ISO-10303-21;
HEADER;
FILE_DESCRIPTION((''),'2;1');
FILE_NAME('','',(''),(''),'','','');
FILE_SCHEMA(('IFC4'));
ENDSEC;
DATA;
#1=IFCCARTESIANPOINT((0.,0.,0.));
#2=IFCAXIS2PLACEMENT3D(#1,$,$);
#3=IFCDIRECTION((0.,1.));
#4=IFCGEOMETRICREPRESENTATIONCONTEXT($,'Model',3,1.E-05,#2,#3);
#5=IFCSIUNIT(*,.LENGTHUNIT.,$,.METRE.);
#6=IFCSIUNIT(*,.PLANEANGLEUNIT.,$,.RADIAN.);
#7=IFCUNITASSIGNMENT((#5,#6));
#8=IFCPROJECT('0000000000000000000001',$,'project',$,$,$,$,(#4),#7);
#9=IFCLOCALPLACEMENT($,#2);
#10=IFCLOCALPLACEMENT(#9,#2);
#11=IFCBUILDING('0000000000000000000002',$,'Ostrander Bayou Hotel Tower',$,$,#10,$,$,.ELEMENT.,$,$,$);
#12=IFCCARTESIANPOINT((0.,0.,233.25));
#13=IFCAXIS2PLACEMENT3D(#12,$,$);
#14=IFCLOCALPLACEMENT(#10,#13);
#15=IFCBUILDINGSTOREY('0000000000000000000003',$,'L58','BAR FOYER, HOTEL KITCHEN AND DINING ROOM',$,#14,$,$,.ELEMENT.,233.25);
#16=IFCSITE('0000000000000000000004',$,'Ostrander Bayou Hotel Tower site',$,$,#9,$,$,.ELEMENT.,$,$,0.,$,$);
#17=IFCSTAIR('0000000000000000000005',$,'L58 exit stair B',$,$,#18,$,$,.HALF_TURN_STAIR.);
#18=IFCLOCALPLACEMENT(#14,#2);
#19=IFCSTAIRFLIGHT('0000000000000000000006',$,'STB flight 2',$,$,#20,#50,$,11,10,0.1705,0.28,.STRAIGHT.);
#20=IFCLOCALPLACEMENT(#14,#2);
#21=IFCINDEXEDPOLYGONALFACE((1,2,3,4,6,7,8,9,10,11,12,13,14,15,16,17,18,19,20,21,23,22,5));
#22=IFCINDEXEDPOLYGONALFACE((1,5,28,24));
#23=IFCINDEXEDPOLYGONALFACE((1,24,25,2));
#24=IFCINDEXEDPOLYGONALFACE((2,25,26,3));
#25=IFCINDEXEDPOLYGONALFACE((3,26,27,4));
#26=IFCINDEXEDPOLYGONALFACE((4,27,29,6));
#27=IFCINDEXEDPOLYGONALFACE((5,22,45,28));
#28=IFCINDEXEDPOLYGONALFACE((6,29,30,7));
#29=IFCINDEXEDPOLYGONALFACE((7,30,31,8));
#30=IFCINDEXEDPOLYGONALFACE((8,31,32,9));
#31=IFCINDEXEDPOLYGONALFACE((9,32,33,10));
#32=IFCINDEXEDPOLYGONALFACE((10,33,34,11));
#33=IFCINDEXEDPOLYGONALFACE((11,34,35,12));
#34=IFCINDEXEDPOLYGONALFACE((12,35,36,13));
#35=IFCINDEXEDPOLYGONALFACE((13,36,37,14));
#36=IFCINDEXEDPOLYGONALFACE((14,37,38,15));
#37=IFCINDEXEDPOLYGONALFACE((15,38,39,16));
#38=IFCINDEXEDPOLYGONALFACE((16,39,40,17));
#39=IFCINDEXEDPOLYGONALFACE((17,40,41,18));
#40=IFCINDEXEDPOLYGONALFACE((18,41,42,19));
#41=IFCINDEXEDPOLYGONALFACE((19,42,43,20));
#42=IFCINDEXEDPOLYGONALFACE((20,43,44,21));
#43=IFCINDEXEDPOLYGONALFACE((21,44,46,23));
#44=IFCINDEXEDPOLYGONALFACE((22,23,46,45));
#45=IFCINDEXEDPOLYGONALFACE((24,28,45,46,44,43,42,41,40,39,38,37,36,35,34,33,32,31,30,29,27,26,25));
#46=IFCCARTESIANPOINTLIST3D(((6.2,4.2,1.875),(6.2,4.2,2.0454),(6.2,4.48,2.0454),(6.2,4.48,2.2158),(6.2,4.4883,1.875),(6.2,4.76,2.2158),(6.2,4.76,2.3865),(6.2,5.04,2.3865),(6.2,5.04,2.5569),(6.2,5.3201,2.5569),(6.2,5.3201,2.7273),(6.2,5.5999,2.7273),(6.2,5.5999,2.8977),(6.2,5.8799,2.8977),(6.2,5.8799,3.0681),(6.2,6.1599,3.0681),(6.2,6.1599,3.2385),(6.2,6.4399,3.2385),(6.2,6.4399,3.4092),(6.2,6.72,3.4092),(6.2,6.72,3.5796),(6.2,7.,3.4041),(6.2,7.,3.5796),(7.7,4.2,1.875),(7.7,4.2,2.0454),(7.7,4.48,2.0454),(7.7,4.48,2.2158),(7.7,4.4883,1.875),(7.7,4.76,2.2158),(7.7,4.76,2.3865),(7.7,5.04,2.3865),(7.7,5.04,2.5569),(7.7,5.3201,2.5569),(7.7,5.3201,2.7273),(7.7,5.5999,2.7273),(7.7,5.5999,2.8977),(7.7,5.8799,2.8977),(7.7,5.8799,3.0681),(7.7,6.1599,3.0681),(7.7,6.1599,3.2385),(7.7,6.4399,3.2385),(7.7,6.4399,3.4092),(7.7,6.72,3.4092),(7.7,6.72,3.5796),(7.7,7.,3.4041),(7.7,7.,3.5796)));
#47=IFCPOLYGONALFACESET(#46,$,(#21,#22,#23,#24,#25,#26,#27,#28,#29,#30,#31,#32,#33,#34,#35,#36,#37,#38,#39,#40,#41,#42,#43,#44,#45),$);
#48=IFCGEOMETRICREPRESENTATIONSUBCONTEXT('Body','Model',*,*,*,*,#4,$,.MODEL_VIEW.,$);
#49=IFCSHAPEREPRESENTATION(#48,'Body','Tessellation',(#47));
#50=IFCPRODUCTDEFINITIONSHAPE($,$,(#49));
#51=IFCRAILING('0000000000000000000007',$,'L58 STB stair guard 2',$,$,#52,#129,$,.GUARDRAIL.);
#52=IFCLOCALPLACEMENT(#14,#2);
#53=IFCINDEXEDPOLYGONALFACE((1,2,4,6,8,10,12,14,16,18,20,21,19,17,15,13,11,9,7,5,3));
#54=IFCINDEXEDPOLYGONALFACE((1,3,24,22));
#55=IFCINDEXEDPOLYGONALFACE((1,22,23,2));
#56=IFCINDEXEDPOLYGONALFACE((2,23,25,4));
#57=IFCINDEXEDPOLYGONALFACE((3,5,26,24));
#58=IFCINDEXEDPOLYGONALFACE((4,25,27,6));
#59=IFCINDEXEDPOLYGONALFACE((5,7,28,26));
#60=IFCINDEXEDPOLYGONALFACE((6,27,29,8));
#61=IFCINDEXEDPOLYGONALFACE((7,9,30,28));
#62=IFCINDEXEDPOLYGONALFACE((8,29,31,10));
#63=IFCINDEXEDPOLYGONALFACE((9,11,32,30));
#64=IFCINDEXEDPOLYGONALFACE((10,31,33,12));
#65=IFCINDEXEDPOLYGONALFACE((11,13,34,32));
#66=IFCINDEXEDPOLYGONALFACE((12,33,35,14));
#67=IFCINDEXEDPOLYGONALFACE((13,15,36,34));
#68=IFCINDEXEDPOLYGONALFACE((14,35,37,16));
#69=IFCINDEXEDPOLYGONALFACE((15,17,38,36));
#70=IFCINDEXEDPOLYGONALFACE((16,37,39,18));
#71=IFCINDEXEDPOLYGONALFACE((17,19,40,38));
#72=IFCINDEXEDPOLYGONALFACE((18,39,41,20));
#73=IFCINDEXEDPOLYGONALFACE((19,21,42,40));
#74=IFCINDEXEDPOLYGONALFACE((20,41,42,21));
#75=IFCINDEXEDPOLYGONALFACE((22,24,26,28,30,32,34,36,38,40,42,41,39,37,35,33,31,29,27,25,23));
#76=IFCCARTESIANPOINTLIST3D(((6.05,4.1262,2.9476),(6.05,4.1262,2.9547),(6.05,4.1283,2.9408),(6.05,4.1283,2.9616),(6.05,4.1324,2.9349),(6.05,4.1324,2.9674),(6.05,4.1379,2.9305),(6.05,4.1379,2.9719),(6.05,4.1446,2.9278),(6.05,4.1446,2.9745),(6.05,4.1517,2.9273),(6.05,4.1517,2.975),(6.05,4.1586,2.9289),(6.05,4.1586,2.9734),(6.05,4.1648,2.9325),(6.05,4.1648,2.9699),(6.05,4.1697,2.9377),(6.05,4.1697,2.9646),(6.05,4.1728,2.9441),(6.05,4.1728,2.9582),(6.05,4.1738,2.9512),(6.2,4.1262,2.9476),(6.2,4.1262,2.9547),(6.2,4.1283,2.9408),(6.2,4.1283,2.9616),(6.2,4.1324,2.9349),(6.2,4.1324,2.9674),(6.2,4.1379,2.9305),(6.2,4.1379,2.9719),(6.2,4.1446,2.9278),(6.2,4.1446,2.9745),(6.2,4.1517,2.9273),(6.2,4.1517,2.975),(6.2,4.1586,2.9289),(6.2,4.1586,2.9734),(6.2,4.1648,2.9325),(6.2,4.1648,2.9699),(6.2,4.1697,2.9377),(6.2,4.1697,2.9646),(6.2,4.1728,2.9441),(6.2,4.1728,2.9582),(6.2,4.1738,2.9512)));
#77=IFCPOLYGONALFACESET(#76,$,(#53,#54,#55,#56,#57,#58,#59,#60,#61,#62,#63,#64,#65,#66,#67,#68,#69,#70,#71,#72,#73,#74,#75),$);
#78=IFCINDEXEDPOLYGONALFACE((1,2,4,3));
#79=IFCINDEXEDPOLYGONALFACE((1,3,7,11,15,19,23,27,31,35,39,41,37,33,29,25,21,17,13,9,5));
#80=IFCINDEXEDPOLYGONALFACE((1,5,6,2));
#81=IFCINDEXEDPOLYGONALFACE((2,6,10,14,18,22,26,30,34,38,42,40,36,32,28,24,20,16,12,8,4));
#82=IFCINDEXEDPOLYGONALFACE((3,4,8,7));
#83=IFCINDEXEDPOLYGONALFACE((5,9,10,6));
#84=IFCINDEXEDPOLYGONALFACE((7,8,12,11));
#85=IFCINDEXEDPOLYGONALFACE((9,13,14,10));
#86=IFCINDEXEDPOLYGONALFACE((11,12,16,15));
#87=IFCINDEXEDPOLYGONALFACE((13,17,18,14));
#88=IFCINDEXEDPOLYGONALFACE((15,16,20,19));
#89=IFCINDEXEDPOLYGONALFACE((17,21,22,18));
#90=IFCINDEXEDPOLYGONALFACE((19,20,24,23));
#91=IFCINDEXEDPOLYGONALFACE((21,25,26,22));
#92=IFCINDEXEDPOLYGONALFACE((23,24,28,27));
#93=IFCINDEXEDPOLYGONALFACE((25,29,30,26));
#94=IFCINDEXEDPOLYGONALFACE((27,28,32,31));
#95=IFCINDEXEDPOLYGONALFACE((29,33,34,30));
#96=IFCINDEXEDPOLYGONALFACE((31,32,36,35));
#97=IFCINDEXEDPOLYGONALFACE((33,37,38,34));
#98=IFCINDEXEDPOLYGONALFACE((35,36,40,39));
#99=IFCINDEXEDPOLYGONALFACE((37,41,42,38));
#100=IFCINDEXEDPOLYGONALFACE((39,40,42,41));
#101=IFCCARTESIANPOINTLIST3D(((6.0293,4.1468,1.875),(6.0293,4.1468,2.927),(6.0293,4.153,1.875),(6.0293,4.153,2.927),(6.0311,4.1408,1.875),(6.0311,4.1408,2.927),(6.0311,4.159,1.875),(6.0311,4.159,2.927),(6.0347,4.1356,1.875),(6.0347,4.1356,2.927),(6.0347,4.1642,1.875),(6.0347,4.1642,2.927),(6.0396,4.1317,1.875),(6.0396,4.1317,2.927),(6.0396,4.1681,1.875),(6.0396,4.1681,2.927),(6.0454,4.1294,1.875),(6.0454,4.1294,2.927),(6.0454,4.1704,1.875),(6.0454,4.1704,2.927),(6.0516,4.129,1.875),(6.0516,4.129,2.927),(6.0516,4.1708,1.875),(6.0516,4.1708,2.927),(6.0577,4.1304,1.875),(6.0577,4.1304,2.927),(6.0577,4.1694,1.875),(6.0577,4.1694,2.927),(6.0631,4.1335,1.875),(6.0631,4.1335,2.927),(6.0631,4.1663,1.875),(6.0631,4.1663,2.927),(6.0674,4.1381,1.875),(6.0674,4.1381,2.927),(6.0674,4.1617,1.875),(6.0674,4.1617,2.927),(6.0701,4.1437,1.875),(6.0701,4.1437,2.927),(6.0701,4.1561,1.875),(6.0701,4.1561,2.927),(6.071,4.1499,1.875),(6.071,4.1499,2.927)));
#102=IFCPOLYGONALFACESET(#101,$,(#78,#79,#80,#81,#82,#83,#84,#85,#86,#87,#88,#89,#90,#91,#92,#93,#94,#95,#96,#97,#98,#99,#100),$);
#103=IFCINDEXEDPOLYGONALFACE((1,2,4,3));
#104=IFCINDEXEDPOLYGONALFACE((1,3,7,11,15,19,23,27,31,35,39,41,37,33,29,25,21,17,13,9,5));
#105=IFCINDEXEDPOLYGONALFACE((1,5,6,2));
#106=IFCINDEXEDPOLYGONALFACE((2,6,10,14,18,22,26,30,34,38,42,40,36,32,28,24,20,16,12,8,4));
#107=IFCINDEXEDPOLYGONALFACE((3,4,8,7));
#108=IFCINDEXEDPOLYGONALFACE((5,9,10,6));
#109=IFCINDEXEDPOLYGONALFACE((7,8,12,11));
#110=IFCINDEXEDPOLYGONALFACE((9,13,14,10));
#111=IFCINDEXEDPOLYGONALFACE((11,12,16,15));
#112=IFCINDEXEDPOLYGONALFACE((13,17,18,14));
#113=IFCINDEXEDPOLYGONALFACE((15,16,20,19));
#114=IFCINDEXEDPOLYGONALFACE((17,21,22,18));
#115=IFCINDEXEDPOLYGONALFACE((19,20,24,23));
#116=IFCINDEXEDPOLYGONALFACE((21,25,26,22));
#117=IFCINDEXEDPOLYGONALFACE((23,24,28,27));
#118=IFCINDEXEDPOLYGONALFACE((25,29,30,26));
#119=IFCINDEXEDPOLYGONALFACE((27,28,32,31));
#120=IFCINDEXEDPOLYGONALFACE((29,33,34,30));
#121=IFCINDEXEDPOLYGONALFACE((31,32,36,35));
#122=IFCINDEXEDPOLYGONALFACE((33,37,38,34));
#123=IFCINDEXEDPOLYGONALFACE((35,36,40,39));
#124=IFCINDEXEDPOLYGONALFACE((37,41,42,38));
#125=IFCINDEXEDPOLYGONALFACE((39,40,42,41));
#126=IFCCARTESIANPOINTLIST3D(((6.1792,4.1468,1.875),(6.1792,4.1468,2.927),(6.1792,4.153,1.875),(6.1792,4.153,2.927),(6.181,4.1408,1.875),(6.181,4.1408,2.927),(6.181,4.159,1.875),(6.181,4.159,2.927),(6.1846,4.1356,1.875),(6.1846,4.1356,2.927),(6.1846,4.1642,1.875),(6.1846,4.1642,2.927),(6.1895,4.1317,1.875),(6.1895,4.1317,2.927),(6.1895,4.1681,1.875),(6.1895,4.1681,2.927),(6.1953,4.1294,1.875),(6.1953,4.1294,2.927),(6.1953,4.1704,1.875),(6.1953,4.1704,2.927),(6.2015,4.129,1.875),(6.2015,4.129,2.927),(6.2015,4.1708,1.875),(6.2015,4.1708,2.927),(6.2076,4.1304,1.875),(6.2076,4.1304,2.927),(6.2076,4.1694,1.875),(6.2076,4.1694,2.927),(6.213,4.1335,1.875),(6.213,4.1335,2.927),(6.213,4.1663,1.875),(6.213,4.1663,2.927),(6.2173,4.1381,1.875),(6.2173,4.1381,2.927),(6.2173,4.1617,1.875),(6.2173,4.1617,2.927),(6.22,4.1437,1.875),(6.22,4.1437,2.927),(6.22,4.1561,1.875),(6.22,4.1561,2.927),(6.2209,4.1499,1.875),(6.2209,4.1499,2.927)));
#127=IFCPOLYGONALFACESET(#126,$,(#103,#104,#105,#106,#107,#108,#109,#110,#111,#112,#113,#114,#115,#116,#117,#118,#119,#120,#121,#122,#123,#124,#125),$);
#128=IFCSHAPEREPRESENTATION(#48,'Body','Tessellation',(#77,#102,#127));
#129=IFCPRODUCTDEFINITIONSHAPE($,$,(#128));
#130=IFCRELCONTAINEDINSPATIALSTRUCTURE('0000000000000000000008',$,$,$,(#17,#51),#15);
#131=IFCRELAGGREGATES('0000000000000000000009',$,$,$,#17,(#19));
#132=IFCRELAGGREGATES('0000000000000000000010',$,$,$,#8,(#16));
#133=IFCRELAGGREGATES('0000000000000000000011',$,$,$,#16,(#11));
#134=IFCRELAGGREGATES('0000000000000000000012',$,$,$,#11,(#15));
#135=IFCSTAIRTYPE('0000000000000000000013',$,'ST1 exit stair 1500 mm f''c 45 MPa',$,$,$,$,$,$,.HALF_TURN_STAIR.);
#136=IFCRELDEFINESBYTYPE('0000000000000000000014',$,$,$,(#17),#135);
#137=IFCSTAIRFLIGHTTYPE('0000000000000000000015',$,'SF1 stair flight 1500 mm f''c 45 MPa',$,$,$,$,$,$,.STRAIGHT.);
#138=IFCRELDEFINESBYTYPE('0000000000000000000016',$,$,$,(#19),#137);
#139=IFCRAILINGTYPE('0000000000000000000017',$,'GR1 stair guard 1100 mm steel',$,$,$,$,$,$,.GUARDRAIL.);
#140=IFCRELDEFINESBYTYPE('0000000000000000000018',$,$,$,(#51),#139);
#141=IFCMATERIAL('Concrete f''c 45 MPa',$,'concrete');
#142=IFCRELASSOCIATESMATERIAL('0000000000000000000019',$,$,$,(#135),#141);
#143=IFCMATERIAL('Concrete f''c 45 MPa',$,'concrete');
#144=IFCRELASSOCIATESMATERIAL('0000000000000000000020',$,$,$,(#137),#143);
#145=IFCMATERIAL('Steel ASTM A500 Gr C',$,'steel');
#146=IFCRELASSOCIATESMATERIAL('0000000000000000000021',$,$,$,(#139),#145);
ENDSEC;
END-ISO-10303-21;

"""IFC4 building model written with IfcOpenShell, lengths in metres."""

from ifc_helpers import new_model, si_unit, direction, frame, origin, origin_2d, place, context, subcontext, project, spatial, polyline, circle, outline, extrude, material, type_object, element, aggregate, save


model = new_model("IFC4")

# Units and contexts
model_context = context("Model", 3, precision=1e-05, world=origin(), true_north=direction((0.0, 1.0)))
body_context = subcontext(model_context, "Body", "Model", "MODEL_VIEW")
ifc_project = project(units=[si_unit("LENGTHUNIT", "METRE"), si_unit("PLANEANGLEUNIT", "RADIAN")], contexts=[model_context])

# Site, building, storey
site_placement = place(None, origin())
site = spatial("IfcSite", under=ifc_project, at=site_placement, Name="Ostrander Bayou Hotel Tower site", CompositionType="ELEMENT", RefElevation=0.0)
building_placement = place(site_placement, origin())
building = spatial("IfcBuilding", under=site, at=building_placement, Name="Ostrander Bayou Hotel Tower", CompositionType="ELEMENT")
storey_placement = place(building_placement, frame((0.0, 0.0, 233.25)))
storey = spatial("IfcBuildingStorey", under=building, at=storey_placement, Name="L58", Description="BAR FOYER, HOTEL KITCHEN AND DINING ROOM", CompositionType="ELEMENT", Elevation=233.25)

# Stair
ifc_material_1 = material(Name="Concrete f'c 45 MPa", Category="concrete")
stair_type = type_object("IfcStairType", Name="ST1 exit stair 1500 mm f'c 45 MPa", PredefinedType="HALF_TURN_STAIR", material=ifc_material_1)
stair_1_placement = place(storey_placement, origin())
stair_1 = element("IfcStair", 1, at=stair_1_placement, inside=storey, type_object=stair_type, Name="L58 exit stair B", PredefinedType="HALF_TURN_STAIR")

# Stair flight
ifc_material_2 = material(Name="Concrete f'c 45 MPa", Category="concrete")
stair_flight_type = type_object("IfcStairFlightType", Name="SF1 stair flight 1500 mm f'c 45 MPa", PredefinedType="STRAIGHT", material=ifc_material_2)
stair_flight_placement = place(storey_placement, frame((6.95, 4.2, 1.875), z_axis=(0.0, 0.0, 1.0), x_axis=(0.0, 1.0, 0.0)))
stair_flight = element("IfcStairFlight", 2, at=stair_flight_placement, type_object=stair_flight_type, Name="STB flight 2", NumberOfRisers=11, NumberOfTreads=10, PredefinedType="STRAIGHT", RiserHeight=0.1705, TreadLength=0.28, context=body_context, shape_type="SweptSolid", body=[
    extrude(outline(polyline([(0.0, 0.0), (0.0, 0.1704), (0.28, 0.1704), (0.28, 0.3408), (0.5601, 0.3408), (0.5601, 0.5115), (0.8401, 0.5115), (0.8401, 0.6819), (1.1201, 0.6819), (1.1201, 0.8523), (1.3999, 0.8523), (1.3999, 1.0227), (1.6799, 1.0227), (1.6799, 1.1931), (1.96, 1.1931), (1.96, 1.3635), (2.24, 1.3635), (2.24, 1.5342), (2.52, 1.5342), (2.52, 1.7046), (2.8, 1.7046), (2.8, 1.875), (2.8, 1.5291), (0.2883, 0.0), (0.0, 0.0)])), frame((0.0, 0.75, 0.0), z_axis=(0.0, -1.0, 0.0), x_axis=(1.0, 0.0, 0.0)), (0.0, 0.0, 1.0), 1.5),
])
aggregate(stair_1, [stair_flight])

# Railing
ifc_material_3 = material(Name="Steel ASTM A500 Gr C", Category="steel")
railing_type_1 = type_object("IfcRailingType", Name="GR1 stair guard 1100 mm steel", PredefinedType="GUARDRAIL", material=ifc_material_3)
railing_1_placement = place(storey_placement, frame((6.05, 4.1499, 1.875)))
element("IfcRailing", 3, at=railing_1_placement, inside=storey, type_object=railing_type_1, Name="L58 STB stair guard 2", PredefinedType="GUARDRAIL", context=body_context, shape_type="SweptSolid", body=[
    extrude(circle(Radius=0.0239, at=origin_2d()), frame((0.0, 0.0, 1.0762), z_axis=(1.0, 0.0, 0.0), x_axis=(0.0, 1.0, 0.0)), (0.0, 0.0, 1.0), 0.1499),
    extrude(circle(Radius=0.021, at=origin_2d()), origin(), (0.0, 0.0, 1.0), 1.052),
    extrude(circle(Radius=0.021, at=origin_2d()), frame((0.1499, 0.0, 0.0)), (0.0, 0.0, 1.0), 1.052),
])

save(model, "model.ifc")
